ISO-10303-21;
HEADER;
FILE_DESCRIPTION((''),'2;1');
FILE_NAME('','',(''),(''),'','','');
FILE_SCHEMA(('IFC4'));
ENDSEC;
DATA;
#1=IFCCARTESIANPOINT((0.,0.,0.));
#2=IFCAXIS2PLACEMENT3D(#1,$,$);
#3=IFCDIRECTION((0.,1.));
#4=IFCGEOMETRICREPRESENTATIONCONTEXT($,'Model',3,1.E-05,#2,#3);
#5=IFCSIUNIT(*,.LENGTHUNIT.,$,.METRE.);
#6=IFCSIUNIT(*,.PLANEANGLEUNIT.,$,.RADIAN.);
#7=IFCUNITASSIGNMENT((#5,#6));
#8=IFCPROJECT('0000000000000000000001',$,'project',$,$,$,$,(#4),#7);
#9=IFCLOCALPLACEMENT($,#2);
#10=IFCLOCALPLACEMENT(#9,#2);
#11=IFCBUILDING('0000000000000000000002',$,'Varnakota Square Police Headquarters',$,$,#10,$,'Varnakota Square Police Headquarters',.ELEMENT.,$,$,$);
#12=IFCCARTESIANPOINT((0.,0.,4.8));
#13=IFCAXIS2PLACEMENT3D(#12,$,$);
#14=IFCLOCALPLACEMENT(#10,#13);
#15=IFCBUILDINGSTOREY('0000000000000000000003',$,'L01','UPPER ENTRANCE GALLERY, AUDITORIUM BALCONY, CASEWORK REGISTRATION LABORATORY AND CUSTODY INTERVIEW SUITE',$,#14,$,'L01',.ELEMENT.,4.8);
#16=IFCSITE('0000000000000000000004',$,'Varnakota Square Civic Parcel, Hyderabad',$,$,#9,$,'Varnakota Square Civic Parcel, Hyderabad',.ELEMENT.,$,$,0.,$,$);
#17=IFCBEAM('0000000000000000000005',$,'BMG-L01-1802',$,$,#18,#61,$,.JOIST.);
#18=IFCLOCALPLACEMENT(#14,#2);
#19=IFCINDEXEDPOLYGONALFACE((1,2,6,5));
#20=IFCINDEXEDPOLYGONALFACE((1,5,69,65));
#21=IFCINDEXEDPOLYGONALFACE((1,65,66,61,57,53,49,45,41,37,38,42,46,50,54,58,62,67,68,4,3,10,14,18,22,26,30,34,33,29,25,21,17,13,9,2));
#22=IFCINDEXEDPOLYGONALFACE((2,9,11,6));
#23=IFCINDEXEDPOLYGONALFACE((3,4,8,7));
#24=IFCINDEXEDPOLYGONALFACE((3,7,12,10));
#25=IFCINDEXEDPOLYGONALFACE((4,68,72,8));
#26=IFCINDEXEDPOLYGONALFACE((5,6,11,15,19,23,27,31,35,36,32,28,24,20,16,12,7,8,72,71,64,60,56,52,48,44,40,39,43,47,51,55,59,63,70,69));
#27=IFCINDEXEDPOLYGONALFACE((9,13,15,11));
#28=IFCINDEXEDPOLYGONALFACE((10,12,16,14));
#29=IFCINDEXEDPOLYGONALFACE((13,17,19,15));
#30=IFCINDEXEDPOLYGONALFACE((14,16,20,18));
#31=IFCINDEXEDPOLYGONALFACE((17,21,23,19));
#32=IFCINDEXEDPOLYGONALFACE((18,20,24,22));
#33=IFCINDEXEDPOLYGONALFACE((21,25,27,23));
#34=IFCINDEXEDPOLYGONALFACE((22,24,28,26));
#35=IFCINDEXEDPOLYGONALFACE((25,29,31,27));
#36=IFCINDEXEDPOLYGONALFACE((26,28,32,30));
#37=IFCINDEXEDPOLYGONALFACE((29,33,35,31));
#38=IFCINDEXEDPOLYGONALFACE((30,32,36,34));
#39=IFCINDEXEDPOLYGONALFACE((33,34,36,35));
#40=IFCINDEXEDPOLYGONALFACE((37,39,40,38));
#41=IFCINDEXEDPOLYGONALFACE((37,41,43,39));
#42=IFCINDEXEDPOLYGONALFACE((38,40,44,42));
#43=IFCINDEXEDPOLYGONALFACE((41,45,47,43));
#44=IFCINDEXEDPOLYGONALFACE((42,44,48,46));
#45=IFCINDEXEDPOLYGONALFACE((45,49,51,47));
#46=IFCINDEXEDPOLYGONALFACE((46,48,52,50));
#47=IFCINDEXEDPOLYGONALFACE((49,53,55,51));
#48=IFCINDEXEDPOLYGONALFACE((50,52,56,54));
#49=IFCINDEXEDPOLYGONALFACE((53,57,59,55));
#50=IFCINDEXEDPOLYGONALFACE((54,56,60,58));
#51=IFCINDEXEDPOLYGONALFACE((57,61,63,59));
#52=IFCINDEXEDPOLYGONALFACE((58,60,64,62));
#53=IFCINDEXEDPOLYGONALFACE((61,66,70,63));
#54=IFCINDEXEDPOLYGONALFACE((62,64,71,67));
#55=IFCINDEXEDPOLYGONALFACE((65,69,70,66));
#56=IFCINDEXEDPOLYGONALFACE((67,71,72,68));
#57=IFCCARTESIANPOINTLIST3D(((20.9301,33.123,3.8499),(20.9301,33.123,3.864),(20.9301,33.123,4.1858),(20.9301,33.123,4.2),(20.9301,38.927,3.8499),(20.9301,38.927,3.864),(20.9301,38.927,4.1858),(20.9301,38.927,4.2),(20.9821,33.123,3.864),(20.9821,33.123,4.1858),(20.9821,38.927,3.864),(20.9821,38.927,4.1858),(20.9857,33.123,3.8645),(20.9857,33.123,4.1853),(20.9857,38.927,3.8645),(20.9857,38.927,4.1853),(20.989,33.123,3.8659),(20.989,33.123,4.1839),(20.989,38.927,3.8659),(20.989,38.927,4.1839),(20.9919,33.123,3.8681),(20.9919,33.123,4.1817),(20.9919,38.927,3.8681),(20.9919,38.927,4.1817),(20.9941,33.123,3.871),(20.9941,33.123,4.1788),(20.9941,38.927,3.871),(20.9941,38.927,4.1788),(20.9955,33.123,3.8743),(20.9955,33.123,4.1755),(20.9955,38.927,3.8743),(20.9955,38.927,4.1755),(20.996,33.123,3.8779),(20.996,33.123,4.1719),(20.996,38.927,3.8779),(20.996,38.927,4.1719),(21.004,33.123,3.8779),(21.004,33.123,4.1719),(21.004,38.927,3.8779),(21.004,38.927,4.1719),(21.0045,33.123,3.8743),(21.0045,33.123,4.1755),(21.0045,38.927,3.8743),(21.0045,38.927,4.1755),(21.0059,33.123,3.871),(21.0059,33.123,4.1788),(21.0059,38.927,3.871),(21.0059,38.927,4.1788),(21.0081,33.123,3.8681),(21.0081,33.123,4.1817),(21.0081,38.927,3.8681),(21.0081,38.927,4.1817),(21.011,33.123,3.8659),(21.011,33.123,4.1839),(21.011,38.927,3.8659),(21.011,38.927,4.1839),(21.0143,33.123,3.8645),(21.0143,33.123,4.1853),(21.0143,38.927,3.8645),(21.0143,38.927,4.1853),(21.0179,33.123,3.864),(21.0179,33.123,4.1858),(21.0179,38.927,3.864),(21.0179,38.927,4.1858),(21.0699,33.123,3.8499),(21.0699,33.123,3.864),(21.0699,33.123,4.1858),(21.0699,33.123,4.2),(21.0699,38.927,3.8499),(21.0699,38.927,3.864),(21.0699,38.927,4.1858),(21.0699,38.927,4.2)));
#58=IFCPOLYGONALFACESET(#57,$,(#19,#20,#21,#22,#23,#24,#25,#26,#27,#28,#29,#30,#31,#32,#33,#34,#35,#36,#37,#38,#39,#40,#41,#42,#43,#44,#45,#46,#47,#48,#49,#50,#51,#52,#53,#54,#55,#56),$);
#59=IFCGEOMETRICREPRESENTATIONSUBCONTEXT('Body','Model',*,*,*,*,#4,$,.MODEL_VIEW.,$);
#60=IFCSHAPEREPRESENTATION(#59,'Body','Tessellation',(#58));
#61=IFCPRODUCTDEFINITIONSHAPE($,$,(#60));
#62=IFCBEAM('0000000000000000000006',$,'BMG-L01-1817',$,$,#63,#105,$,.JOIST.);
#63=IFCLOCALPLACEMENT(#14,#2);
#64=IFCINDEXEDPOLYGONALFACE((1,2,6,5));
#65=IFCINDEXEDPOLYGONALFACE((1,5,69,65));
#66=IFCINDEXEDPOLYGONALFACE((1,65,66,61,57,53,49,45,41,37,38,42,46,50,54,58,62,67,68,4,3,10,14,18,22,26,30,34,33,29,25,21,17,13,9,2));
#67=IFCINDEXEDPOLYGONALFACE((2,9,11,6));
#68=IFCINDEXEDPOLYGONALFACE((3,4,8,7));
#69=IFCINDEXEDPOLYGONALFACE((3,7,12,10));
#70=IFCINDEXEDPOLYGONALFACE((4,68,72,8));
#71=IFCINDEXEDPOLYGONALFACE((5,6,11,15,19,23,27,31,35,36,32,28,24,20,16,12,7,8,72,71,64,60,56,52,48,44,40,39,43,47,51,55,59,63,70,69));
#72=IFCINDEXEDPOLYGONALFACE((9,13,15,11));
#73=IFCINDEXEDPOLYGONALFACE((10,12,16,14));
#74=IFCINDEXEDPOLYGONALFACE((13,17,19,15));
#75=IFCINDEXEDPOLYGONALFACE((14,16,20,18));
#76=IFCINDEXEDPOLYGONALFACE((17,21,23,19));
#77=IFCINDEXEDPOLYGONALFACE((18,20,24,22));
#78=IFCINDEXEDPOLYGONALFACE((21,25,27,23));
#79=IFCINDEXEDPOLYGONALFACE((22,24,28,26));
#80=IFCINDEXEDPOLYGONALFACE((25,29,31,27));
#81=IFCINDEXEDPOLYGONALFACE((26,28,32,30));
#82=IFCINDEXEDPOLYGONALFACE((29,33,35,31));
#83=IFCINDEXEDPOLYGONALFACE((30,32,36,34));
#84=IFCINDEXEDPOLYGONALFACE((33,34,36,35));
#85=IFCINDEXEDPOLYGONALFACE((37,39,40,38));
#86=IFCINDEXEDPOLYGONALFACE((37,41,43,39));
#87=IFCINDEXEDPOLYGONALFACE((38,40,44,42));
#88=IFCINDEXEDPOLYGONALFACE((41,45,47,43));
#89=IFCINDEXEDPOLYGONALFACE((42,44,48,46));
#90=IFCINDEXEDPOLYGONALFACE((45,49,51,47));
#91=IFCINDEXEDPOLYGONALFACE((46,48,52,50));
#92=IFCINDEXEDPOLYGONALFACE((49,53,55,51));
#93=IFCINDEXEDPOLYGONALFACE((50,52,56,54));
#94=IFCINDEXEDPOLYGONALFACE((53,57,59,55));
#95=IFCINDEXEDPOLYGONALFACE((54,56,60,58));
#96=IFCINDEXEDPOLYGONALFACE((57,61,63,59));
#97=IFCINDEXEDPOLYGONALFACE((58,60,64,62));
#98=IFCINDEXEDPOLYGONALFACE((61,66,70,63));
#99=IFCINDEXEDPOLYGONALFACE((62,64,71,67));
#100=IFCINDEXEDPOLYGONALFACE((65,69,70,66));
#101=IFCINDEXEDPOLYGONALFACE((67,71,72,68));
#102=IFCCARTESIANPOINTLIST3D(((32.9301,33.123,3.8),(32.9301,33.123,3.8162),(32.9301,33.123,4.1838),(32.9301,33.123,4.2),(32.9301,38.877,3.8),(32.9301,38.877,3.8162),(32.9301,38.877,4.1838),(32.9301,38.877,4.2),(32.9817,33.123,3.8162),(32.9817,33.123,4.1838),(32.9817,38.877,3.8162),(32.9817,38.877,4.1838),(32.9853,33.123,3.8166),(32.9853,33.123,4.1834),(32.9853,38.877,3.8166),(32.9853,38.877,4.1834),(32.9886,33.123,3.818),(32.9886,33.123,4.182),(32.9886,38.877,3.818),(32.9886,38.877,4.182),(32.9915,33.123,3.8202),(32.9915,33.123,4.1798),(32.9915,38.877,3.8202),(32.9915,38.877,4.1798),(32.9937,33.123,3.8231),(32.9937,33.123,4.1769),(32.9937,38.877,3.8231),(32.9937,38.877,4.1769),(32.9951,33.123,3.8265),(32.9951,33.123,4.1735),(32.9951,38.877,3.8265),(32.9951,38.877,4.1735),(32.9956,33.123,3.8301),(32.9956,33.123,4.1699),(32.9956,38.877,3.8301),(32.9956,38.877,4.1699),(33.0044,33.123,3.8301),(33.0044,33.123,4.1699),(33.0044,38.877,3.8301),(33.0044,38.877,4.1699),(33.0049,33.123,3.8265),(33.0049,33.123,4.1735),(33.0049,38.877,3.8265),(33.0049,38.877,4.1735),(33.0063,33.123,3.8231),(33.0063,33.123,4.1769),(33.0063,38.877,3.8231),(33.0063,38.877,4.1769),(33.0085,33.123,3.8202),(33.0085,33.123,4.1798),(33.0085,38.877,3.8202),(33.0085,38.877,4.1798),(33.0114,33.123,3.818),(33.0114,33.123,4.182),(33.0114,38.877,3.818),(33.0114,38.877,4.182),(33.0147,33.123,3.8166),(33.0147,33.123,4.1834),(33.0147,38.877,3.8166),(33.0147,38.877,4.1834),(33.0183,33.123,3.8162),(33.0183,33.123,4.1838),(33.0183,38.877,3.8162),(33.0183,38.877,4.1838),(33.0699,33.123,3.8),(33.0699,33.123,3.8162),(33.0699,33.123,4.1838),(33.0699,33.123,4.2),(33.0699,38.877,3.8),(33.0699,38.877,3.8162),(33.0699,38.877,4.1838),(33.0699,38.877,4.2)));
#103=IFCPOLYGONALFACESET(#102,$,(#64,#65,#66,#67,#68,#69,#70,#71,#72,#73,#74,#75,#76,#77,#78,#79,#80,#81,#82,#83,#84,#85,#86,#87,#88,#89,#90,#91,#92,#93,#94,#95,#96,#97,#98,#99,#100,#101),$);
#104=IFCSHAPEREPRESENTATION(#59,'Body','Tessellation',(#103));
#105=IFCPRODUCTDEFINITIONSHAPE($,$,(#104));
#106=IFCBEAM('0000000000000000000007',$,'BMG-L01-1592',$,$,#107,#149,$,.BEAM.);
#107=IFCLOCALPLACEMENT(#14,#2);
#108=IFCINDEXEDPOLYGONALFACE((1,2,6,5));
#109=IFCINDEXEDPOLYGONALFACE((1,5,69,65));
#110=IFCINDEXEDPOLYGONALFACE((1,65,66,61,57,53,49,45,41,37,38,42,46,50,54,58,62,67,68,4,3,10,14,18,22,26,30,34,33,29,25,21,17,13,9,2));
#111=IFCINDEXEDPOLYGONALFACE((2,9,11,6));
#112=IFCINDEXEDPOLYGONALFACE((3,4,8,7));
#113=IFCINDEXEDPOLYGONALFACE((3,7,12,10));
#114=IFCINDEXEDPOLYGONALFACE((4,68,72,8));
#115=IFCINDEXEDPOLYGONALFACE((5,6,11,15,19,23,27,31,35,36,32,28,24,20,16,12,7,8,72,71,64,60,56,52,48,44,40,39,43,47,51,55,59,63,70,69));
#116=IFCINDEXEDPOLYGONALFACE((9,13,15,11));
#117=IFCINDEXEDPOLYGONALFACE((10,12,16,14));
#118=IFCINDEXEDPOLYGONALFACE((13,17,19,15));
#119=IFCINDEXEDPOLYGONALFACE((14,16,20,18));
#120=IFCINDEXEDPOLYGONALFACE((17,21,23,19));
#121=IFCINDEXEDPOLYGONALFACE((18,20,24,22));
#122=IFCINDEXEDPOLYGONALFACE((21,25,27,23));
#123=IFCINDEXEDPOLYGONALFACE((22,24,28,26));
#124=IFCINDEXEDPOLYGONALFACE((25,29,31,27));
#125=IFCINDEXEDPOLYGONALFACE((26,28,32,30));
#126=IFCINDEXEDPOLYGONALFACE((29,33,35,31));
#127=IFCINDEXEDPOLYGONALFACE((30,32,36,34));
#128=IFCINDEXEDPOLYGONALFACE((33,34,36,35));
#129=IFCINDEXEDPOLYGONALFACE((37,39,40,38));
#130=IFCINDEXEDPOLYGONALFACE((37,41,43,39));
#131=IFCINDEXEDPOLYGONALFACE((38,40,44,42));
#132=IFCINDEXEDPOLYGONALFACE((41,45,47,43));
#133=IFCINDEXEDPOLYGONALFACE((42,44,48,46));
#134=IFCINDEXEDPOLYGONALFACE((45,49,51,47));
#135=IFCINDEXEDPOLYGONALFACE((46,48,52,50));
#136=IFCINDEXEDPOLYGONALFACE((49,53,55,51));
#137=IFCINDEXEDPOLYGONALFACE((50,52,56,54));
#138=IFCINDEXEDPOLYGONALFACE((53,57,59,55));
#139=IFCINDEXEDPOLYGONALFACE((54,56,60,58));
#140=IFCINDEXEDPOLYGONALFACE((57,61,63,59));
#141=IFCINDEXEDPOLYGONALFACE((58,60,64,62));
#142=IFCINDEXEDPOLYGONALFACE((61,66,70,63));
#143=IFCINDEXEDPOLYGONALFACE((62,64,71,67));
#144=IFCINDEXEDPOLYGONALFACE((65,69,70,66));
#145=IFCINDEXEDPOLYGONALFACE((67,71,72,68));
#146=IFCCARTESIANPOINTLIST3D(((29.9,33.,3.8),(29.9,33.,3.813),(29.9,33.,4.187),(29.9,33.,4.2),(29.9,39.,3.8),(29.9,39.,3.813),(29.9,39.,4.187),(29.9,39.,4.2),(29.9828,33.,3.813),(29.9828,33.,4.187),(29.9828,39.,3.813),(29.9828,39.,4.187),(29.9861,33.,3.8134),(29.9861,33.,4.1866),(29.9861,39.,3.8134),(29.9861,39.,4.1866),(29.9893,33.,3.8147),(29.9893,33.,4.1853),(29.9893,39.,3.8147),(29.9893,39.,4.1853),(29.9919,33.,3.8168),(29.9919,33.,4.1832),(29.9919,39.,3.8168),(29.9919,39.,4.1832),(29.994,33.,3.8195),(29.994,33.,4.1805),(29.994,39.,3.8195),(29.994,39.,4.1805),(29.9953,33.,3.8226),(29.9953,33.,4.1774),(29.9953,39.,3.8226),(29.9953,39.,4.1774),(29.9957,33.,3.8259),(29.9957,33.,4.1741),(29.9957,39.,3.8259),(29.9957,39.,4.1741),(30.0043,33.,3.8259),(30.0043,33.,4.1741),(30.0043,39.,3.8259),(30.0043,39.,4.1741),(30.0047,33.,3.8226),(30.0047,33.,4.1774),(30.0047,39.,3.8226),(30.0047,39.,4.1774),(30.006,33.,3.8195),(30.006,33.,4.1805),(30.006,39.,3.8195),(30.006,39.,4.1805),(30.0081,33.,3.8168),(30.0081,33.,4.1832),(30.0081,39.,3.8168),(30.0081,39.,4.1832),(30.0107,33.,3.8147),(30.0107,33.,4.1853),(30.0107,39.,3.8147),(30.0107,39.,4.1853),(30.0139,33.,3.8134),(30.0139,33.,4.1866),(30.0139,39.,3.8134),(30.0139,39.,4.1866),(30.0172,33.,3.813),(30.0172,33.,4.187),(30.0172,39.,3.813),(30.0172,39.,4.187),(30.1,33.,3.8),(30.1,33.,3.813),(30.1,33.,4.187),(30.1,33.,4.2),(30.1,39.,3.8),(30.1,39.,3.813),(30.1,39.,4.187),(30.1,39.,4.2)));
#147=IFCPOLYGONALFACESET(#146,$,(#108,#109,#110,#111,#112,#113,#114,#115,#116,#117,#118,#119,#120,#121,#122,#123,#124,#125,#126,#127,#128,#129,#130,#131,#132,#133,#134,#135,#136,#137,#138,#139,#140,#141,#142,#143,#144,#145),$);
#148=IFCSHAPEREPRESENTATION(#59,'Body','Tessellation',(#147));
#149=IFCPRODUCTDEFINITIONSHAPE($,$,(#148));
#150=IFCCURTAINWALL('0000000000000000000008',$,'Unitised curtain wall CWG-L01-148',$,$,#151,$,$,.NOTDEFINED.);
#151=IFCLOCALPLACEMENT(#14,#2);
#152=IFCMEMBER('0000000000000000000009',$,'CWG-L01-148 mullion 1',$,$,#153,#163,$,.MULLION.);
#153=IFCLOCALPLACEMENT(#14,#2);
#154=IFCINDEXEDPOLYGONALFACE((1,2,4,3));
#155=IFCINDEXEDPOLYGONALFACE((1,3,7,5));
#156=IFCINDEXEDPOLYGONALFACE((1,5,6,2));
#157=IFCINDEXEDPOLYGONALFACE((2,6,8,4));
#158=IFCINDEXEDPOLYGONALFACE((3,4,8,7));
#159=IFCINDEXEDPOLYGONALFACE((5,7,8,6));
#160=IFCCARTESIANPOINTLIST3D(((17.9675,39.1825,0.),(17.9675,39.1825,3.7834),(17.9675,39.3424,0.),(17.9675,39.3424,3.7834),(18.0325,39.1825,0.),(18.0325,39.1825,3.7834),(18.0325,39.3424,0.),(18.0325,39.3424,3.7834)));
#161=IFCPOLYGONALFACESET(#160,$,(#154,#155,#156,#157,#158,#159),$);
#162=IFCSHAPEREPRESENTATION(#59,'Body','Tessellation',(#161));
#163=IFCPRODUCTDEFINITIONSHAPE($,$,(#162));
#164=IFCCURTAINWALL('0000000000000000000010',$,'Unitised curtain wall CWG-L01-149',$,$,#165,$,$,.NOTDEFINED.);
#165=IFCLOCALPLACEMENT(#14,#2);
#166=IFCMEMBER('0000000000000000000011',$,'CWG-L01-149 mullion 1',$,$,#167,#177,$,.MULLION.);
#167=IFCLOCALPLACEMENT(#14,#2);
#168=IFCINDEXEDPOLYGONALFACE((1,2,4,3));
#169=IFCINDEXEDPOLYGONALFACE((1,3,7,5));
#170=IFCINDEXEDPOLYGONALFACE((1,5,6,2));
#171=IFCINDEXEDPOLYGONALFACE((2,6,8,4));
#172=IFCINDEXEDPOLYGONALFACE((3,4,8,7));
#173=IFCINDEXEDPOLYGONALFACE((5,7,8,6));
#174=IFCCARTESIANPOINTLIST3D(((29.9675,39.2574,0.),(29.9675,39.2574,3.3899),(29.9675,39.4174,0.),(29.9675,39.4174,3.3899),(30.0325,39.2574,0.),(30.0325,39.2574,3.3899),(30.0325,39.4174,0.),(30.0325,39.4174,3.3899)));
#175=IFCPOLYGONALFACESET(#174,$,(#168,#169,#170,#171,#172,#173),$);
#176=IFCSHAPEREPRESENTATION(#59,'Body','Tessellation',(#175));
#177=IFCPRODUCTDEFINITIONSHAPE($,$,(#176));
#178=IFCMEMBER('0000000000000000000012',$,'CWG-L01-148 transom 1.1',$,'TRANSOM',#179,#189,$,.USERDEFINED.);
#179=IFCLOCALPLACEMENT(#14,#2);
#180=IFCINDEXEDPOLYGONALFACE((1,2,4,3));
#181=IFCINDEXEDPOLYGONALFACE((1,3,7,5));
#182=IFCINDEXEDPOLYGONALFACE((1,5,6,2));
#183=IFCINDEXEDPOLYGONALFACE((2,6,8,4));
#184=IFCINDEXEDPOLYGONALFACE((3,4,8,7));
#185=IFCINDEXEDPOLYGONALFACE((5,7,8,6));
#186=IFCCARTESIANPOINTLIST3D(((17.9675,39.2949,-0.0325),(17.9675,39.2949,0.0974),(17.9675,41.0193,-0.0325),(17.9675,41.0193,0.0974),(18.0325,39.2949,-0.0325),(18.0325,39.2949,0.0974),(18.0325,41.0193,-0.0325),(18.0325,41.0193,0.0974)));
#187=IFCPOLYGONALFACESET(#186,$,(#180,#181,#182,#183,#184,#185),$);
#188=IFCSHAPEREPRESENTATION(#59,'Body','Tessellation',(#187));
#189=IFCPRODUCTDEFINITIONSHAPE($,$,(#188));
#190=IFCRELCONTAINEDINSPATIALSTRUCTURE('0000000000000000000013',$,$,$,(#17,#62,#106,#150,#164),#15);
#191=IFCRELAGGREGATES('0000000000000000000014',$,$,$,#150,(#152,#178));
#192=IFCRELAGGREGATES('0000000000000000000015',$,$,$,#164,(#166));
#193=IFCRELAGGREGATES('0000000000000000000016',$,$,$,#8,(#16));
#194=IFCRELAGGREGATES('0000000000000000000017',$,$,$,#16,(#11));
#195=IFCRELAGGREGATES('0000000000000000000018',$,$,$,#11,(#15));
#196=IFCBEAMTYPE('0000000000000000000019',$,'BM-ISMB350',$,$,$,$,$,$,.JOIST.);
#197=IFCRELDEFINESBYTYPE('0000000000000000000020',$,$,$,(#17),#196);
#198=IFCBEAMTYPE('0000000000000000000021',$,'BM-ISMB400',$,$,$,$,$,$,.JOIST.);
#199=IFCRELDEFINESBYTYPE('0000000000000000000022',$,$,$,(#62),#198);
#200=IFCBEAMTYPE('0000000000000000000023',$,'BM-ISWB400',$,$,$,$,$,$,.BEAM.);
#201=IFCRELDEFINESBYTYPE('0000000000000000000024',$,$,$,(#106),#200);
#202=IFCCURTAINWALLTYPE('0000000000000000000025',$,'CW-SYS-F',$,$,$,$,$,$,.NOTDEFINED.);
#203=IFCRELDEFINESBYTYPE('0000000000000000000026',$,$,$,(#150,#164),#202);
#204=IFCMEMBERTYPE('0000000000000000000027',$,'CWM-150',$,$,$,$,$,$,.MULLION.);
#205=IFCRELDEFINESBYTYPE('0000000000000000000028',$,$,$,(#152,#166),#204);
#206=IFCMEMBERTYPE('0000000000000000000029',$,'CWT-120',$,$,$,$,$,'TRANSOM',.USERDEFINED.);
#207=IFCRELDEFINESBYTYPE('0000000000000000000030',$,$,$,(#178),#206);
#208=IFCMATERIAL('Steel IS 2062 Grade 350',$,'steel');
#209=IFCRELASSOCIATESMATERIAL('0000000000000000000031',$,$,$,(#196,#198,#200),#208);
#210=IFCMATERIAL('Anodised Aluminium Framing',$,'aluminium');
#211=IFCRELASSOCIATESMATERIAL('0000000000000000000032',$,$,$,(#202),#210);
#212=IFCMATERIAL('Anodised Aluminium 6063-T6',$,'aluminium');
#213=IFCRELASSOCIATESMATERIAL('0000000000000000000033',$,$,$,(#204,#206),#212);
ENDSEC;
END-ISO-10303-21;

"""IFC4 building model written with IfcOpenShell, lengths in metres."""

from ifc_helpers import new_model, si_unit, direction, frame, origin, origin_2d, place, context, subcontext, project, spatial, rectangle, i_section, extrude, material, material_profile, profile_set, type_object, element, aggregate, save


model = new_model("IFC4")

# Units and contexts
model_context = context("Model", 3, precision=1e-05, world=origin(), true_north=direction((0.0, 1.0)))
body_context = subcontext(model_context, "Body", "Model", "MODEL_VIEW")
ifc_project = project(units=[si_unit("LENGTHUNIT", "METRE"), si_unit("PLANEANGLEUNIT", "RADIAN")], contexts=[model_context])

# Site, building, storey
site_placement = place(None, origin())
site = spatial("IfcSite", under=ifc_project, at=site_placement, Name="Varnakota Square Civic Parcel, Hyderabad", LongName="Varnakota Square Civic Parcel, Hyderabad", CompositionType="ELEMENT", RefElevation=0.0)
building_placement = place(site_placement, origin())
building = spatial("IfcBuilding", under=site, at=building_placement, Name="Varnakota Square Police Headquarters", LongName="Varnakota Square Police Headquarters", CompositionType="ELEMENT")
storey_placement = place(building_placement, frame((0.0, 0.0, 4.8)))
storey = spatial("IfcBuildingStorey", under=building, at=storey_placement, Name="L01", Description="UPPER ENTRANCE GALLERY, AUDITORIUM BALCONY, CASEWORK REGISTRATION LABORATORY AND CUSTODY INTERVIEW SUITE", LongName="L01", CompositionType="ELEMENT", Elevation=4.8)

# Shared definitions
ifc_material_1 = material(Name="Steel IS 2062 Grade 350", Category="steel")

# Beams
ifc_material_profile_1 = material_profile(ifc_material_1, i_section(OverallWidth=0.1399, OverallDepth=0.3501, WebThickness=0.0081, FlangeThickness=0.0142, FilletRadius=0.0139, at=origin_2d()), Name="ISMB 350")
ifc_profile_set_1 = profile_set([ifc_material_profile_1], Name="Steel IS 2062 Grade 350")
beam_type_1 = type_object("IfcBeamType", Name="BM-ISMB350", PredefinedType="JOIST", material=ifc_profile_set_1)
beam_1_placement = place(storey_placement, frame((21.0, 33.123, 4.0249), z_axis=(0.0, 1.0, 0.0), x_axis=(-1.0, 0.0, 0.0)))
element("IfcBeam", 1, at=beam_1_placement, inside=storey, type_object=beam_type_1, Name="BMG-L01-1802", PredefinedType="JOIST", context=body_context, shape_type="SweptSolid", body=[
    extrude(i_section(OverallWidth=0.1399, OverallDepth=0.3501, WebThickness=0.0081, FlangeThickness=0.0142, FilletRadius=0.0139, at=origin_2d()), origin(), (0.0, 0.0, 1.0), 5.804),
])
ifc_material_profile_2 = material_profile(ifc_material_1, i_section(OverallWidth=0.1399, OverallDepth=0.3999, WebThickness=0.0088, FlangeThickness=0.0161, FilletRadius=0.0139, at=origin_2d()), Name="ISMB 400")
ifc_profile_set_2 = profile_set([ifc_material_profile_2], Name="Steel IS 2062 Grade 350")
beam_type_2 = type_object("IfcBeamType", Name="BM-ISMB400", PredefinedType="JOIST", material=ifc_profile_set_2)
beam_2_placement = place(storey_placement, frame((33.0, 33.123, 4.0), z_axis=(0.0, 1.0, 0.0), x_axis=(-1.0, 0.0, 0.0)))
element("IfcBeam", 2, at=beam_2_placement, inside=storey, type_object=beam_type_2, Name="BMG-L01-1817", PredefinedType="JOIST", context=body_context, shape_type="SweptSolid", body=[
    extrude(i_section(OverallWidth=0.1399, OverallDepth=0.3999, WebThickness=0.0088, FlangeThickness=0.0161, FilletRadius=0.0139, at=origin_2d()), origin(), (0.0, 0.0, 1.0), 5.7539),
])
ifc_material_profile_3 = material_profile(ifc_material_1, i_section(OverallWidth=0.2, OverallDepth=0.3999, WebThickness=0.0085, FlangeThickness=0.0129, FilletRadius=0.0129, at=origin_2d()), Name="ISWB 400")
ifc_profile_set_3 = profile_set([ifc_material_profile_3], Name="Steel IS 2062 Grade 350")
beam_type_3 = type_object("IfcBeamType", Name="BM-ISWB400", PredefinedType="BEAM", material=ifc_profile_set_3)
beam_3_placement = place(storey_placement, frame((30.0, 33.0, 4.0), z_axis=(0.0, 1.0, 0.0), x_axis=(-1.0, 0.0, 0.0)))
element("IfcBeam", 3, at=beam_3_placement, inside=storey, type_object=beam_type_3, Name="BMG-L01-1592", PredefinedType="BEAM", context=body_context, shape_type="SweptSolid", body=[
    extrude(i_section(OverallWidth=0.2, OverallDepth=0.3999, WebThickness=0.0085, FlangeThickness=0.0129, FilletRadius=0.0129, at=origin_2d()), origin(), (0.0, 0.0, 1.0), 6.0),
])

# Curtain walls, members
ifc_material_2 = material(Name="Anodised Aluminium Framing", Category="aluminium")
curtain_wall_type = type_object("IfcCurtainWallType", Name="CW-SYS-F", PredefinedType="NOTDEFINED", material=ifc_material_2)
curtain_wall_1_placement = place(storey_placement, origin())
curtain_wall_1 = element("IfcCurtainWall", 4, at=curtain_wall_1_placement, inside=storey, type_object=curtain_wall_type, Name="Unitised curtain wall CWG-L01-148", PredefinedType="NOTDEFINED")
ifc_material_3 = material(Name="Anodised Aluminium 6063-T6", Category="aluminium")
ifc_material_profile_4 = material_profile(ifc_material_3, rectangle(XDim=0.0649, YDim=0.1599, at=origin_2d()), Name="ALU MULLION 65x160")
ifc_profile_set_4 = profile_set([ifc_material_profile_4], Name="Anodised Aluminium 6063-T6")
member_type_1 = type_object("IfcMemberType", Name="CWM-150", PredefinedType="MULLION", material=ifc_profile_set_4)
member_1_placement = place(storey_placement, frame((18.0, 39.2625, 0.0), z_axis=(0.0, 0.0, 1.0), x_axis=(-1.0, 0.0, 0.0)))
member_1 = element("IfcMember", 5, at=member_1_placement, type_object=member_type_1, Name="CWG-L01-148 mullion 1", PredefinedType="MULLION", context=body_context, shape_type="SweptSolid", body=[
    extrude(rectangle(XDim=0.0649, YDim=0.1599, at=origin_2d()), origin(), (0.0, 0.0, 1.0), 3.7834),
])
curtain_wall_2_placement = place(storey_placement, origin())
curtain_wall_2 = element("IfcCurtainWall", 6, at=curtain_wall_2_placement, inside=storey, type_object=curtain_wall_type, Name="Unitised curtain wall CWG-L01-149", PredefinedType="NOTDEFINED")
member_2_placement = place(storey_placement, frame((30.0, 39.3374, 0.0), z_axis=(0.0, 0.0, 1.0), x_axis=(-1.0, 0.0, 0.0)))
member_2 = element("IfcMember", 7, at=member_2_placement, type_object=member_type_1, Name="CWG-L01-149 mullion 1", PredefinedType="MULLION", context=body_context, shape_type="SweptSolid", body=[
    extrude(rectangle(XDim=0.0649, YDim=0.1599, at=origin_2d()), origin(), (0.0, 0.0, 1.0), 3.3899),
])

# Member
ifc_material_profile_5 = material_profile(ifc_material_3, rectangle(XDim=0.0649, YDim=0.1299, at=origin_2d()), Name="ALU TRANSOM 65x130")
ifc_profile_set_5 = profile_set([ifc_material_profile_5], Name="Anodised Aluminium 6063-T6")
member_type_2 = type_object("IfcMemberType", Name="CWT-120", ElementType="TRANSOM", PredefinedType="USERDEFINED", material=ifc_profile_set_5)
member_3_placement = place(storey_placement, frame((18.0, 39.2949, 0.0325), z_axis=(0.0, 1.0, 0.0), x_axis=(-1.0, 0.0, 0.0)))
member_3 = element("IfcMember", 8, at=member_3_placement, type_object=member_type_2, Name="CWG-L01-148 transom 1.1", ObjectType="TRANSOM", PredefinedType="USERDEFINED", context=body_context, shape_type="SweptSolid", body=[
    extrude(rectangle(XDim=0.0649, YDim=0.1299, at=origin_2d()), origin(), (0.0, 0.0, 1.0), 1.7244),
])
aggregate(curtain_wall_1, [member_1, member_3])
aggregate(curtain_wall_2, [member_2])

save(model, "model.ifc")
